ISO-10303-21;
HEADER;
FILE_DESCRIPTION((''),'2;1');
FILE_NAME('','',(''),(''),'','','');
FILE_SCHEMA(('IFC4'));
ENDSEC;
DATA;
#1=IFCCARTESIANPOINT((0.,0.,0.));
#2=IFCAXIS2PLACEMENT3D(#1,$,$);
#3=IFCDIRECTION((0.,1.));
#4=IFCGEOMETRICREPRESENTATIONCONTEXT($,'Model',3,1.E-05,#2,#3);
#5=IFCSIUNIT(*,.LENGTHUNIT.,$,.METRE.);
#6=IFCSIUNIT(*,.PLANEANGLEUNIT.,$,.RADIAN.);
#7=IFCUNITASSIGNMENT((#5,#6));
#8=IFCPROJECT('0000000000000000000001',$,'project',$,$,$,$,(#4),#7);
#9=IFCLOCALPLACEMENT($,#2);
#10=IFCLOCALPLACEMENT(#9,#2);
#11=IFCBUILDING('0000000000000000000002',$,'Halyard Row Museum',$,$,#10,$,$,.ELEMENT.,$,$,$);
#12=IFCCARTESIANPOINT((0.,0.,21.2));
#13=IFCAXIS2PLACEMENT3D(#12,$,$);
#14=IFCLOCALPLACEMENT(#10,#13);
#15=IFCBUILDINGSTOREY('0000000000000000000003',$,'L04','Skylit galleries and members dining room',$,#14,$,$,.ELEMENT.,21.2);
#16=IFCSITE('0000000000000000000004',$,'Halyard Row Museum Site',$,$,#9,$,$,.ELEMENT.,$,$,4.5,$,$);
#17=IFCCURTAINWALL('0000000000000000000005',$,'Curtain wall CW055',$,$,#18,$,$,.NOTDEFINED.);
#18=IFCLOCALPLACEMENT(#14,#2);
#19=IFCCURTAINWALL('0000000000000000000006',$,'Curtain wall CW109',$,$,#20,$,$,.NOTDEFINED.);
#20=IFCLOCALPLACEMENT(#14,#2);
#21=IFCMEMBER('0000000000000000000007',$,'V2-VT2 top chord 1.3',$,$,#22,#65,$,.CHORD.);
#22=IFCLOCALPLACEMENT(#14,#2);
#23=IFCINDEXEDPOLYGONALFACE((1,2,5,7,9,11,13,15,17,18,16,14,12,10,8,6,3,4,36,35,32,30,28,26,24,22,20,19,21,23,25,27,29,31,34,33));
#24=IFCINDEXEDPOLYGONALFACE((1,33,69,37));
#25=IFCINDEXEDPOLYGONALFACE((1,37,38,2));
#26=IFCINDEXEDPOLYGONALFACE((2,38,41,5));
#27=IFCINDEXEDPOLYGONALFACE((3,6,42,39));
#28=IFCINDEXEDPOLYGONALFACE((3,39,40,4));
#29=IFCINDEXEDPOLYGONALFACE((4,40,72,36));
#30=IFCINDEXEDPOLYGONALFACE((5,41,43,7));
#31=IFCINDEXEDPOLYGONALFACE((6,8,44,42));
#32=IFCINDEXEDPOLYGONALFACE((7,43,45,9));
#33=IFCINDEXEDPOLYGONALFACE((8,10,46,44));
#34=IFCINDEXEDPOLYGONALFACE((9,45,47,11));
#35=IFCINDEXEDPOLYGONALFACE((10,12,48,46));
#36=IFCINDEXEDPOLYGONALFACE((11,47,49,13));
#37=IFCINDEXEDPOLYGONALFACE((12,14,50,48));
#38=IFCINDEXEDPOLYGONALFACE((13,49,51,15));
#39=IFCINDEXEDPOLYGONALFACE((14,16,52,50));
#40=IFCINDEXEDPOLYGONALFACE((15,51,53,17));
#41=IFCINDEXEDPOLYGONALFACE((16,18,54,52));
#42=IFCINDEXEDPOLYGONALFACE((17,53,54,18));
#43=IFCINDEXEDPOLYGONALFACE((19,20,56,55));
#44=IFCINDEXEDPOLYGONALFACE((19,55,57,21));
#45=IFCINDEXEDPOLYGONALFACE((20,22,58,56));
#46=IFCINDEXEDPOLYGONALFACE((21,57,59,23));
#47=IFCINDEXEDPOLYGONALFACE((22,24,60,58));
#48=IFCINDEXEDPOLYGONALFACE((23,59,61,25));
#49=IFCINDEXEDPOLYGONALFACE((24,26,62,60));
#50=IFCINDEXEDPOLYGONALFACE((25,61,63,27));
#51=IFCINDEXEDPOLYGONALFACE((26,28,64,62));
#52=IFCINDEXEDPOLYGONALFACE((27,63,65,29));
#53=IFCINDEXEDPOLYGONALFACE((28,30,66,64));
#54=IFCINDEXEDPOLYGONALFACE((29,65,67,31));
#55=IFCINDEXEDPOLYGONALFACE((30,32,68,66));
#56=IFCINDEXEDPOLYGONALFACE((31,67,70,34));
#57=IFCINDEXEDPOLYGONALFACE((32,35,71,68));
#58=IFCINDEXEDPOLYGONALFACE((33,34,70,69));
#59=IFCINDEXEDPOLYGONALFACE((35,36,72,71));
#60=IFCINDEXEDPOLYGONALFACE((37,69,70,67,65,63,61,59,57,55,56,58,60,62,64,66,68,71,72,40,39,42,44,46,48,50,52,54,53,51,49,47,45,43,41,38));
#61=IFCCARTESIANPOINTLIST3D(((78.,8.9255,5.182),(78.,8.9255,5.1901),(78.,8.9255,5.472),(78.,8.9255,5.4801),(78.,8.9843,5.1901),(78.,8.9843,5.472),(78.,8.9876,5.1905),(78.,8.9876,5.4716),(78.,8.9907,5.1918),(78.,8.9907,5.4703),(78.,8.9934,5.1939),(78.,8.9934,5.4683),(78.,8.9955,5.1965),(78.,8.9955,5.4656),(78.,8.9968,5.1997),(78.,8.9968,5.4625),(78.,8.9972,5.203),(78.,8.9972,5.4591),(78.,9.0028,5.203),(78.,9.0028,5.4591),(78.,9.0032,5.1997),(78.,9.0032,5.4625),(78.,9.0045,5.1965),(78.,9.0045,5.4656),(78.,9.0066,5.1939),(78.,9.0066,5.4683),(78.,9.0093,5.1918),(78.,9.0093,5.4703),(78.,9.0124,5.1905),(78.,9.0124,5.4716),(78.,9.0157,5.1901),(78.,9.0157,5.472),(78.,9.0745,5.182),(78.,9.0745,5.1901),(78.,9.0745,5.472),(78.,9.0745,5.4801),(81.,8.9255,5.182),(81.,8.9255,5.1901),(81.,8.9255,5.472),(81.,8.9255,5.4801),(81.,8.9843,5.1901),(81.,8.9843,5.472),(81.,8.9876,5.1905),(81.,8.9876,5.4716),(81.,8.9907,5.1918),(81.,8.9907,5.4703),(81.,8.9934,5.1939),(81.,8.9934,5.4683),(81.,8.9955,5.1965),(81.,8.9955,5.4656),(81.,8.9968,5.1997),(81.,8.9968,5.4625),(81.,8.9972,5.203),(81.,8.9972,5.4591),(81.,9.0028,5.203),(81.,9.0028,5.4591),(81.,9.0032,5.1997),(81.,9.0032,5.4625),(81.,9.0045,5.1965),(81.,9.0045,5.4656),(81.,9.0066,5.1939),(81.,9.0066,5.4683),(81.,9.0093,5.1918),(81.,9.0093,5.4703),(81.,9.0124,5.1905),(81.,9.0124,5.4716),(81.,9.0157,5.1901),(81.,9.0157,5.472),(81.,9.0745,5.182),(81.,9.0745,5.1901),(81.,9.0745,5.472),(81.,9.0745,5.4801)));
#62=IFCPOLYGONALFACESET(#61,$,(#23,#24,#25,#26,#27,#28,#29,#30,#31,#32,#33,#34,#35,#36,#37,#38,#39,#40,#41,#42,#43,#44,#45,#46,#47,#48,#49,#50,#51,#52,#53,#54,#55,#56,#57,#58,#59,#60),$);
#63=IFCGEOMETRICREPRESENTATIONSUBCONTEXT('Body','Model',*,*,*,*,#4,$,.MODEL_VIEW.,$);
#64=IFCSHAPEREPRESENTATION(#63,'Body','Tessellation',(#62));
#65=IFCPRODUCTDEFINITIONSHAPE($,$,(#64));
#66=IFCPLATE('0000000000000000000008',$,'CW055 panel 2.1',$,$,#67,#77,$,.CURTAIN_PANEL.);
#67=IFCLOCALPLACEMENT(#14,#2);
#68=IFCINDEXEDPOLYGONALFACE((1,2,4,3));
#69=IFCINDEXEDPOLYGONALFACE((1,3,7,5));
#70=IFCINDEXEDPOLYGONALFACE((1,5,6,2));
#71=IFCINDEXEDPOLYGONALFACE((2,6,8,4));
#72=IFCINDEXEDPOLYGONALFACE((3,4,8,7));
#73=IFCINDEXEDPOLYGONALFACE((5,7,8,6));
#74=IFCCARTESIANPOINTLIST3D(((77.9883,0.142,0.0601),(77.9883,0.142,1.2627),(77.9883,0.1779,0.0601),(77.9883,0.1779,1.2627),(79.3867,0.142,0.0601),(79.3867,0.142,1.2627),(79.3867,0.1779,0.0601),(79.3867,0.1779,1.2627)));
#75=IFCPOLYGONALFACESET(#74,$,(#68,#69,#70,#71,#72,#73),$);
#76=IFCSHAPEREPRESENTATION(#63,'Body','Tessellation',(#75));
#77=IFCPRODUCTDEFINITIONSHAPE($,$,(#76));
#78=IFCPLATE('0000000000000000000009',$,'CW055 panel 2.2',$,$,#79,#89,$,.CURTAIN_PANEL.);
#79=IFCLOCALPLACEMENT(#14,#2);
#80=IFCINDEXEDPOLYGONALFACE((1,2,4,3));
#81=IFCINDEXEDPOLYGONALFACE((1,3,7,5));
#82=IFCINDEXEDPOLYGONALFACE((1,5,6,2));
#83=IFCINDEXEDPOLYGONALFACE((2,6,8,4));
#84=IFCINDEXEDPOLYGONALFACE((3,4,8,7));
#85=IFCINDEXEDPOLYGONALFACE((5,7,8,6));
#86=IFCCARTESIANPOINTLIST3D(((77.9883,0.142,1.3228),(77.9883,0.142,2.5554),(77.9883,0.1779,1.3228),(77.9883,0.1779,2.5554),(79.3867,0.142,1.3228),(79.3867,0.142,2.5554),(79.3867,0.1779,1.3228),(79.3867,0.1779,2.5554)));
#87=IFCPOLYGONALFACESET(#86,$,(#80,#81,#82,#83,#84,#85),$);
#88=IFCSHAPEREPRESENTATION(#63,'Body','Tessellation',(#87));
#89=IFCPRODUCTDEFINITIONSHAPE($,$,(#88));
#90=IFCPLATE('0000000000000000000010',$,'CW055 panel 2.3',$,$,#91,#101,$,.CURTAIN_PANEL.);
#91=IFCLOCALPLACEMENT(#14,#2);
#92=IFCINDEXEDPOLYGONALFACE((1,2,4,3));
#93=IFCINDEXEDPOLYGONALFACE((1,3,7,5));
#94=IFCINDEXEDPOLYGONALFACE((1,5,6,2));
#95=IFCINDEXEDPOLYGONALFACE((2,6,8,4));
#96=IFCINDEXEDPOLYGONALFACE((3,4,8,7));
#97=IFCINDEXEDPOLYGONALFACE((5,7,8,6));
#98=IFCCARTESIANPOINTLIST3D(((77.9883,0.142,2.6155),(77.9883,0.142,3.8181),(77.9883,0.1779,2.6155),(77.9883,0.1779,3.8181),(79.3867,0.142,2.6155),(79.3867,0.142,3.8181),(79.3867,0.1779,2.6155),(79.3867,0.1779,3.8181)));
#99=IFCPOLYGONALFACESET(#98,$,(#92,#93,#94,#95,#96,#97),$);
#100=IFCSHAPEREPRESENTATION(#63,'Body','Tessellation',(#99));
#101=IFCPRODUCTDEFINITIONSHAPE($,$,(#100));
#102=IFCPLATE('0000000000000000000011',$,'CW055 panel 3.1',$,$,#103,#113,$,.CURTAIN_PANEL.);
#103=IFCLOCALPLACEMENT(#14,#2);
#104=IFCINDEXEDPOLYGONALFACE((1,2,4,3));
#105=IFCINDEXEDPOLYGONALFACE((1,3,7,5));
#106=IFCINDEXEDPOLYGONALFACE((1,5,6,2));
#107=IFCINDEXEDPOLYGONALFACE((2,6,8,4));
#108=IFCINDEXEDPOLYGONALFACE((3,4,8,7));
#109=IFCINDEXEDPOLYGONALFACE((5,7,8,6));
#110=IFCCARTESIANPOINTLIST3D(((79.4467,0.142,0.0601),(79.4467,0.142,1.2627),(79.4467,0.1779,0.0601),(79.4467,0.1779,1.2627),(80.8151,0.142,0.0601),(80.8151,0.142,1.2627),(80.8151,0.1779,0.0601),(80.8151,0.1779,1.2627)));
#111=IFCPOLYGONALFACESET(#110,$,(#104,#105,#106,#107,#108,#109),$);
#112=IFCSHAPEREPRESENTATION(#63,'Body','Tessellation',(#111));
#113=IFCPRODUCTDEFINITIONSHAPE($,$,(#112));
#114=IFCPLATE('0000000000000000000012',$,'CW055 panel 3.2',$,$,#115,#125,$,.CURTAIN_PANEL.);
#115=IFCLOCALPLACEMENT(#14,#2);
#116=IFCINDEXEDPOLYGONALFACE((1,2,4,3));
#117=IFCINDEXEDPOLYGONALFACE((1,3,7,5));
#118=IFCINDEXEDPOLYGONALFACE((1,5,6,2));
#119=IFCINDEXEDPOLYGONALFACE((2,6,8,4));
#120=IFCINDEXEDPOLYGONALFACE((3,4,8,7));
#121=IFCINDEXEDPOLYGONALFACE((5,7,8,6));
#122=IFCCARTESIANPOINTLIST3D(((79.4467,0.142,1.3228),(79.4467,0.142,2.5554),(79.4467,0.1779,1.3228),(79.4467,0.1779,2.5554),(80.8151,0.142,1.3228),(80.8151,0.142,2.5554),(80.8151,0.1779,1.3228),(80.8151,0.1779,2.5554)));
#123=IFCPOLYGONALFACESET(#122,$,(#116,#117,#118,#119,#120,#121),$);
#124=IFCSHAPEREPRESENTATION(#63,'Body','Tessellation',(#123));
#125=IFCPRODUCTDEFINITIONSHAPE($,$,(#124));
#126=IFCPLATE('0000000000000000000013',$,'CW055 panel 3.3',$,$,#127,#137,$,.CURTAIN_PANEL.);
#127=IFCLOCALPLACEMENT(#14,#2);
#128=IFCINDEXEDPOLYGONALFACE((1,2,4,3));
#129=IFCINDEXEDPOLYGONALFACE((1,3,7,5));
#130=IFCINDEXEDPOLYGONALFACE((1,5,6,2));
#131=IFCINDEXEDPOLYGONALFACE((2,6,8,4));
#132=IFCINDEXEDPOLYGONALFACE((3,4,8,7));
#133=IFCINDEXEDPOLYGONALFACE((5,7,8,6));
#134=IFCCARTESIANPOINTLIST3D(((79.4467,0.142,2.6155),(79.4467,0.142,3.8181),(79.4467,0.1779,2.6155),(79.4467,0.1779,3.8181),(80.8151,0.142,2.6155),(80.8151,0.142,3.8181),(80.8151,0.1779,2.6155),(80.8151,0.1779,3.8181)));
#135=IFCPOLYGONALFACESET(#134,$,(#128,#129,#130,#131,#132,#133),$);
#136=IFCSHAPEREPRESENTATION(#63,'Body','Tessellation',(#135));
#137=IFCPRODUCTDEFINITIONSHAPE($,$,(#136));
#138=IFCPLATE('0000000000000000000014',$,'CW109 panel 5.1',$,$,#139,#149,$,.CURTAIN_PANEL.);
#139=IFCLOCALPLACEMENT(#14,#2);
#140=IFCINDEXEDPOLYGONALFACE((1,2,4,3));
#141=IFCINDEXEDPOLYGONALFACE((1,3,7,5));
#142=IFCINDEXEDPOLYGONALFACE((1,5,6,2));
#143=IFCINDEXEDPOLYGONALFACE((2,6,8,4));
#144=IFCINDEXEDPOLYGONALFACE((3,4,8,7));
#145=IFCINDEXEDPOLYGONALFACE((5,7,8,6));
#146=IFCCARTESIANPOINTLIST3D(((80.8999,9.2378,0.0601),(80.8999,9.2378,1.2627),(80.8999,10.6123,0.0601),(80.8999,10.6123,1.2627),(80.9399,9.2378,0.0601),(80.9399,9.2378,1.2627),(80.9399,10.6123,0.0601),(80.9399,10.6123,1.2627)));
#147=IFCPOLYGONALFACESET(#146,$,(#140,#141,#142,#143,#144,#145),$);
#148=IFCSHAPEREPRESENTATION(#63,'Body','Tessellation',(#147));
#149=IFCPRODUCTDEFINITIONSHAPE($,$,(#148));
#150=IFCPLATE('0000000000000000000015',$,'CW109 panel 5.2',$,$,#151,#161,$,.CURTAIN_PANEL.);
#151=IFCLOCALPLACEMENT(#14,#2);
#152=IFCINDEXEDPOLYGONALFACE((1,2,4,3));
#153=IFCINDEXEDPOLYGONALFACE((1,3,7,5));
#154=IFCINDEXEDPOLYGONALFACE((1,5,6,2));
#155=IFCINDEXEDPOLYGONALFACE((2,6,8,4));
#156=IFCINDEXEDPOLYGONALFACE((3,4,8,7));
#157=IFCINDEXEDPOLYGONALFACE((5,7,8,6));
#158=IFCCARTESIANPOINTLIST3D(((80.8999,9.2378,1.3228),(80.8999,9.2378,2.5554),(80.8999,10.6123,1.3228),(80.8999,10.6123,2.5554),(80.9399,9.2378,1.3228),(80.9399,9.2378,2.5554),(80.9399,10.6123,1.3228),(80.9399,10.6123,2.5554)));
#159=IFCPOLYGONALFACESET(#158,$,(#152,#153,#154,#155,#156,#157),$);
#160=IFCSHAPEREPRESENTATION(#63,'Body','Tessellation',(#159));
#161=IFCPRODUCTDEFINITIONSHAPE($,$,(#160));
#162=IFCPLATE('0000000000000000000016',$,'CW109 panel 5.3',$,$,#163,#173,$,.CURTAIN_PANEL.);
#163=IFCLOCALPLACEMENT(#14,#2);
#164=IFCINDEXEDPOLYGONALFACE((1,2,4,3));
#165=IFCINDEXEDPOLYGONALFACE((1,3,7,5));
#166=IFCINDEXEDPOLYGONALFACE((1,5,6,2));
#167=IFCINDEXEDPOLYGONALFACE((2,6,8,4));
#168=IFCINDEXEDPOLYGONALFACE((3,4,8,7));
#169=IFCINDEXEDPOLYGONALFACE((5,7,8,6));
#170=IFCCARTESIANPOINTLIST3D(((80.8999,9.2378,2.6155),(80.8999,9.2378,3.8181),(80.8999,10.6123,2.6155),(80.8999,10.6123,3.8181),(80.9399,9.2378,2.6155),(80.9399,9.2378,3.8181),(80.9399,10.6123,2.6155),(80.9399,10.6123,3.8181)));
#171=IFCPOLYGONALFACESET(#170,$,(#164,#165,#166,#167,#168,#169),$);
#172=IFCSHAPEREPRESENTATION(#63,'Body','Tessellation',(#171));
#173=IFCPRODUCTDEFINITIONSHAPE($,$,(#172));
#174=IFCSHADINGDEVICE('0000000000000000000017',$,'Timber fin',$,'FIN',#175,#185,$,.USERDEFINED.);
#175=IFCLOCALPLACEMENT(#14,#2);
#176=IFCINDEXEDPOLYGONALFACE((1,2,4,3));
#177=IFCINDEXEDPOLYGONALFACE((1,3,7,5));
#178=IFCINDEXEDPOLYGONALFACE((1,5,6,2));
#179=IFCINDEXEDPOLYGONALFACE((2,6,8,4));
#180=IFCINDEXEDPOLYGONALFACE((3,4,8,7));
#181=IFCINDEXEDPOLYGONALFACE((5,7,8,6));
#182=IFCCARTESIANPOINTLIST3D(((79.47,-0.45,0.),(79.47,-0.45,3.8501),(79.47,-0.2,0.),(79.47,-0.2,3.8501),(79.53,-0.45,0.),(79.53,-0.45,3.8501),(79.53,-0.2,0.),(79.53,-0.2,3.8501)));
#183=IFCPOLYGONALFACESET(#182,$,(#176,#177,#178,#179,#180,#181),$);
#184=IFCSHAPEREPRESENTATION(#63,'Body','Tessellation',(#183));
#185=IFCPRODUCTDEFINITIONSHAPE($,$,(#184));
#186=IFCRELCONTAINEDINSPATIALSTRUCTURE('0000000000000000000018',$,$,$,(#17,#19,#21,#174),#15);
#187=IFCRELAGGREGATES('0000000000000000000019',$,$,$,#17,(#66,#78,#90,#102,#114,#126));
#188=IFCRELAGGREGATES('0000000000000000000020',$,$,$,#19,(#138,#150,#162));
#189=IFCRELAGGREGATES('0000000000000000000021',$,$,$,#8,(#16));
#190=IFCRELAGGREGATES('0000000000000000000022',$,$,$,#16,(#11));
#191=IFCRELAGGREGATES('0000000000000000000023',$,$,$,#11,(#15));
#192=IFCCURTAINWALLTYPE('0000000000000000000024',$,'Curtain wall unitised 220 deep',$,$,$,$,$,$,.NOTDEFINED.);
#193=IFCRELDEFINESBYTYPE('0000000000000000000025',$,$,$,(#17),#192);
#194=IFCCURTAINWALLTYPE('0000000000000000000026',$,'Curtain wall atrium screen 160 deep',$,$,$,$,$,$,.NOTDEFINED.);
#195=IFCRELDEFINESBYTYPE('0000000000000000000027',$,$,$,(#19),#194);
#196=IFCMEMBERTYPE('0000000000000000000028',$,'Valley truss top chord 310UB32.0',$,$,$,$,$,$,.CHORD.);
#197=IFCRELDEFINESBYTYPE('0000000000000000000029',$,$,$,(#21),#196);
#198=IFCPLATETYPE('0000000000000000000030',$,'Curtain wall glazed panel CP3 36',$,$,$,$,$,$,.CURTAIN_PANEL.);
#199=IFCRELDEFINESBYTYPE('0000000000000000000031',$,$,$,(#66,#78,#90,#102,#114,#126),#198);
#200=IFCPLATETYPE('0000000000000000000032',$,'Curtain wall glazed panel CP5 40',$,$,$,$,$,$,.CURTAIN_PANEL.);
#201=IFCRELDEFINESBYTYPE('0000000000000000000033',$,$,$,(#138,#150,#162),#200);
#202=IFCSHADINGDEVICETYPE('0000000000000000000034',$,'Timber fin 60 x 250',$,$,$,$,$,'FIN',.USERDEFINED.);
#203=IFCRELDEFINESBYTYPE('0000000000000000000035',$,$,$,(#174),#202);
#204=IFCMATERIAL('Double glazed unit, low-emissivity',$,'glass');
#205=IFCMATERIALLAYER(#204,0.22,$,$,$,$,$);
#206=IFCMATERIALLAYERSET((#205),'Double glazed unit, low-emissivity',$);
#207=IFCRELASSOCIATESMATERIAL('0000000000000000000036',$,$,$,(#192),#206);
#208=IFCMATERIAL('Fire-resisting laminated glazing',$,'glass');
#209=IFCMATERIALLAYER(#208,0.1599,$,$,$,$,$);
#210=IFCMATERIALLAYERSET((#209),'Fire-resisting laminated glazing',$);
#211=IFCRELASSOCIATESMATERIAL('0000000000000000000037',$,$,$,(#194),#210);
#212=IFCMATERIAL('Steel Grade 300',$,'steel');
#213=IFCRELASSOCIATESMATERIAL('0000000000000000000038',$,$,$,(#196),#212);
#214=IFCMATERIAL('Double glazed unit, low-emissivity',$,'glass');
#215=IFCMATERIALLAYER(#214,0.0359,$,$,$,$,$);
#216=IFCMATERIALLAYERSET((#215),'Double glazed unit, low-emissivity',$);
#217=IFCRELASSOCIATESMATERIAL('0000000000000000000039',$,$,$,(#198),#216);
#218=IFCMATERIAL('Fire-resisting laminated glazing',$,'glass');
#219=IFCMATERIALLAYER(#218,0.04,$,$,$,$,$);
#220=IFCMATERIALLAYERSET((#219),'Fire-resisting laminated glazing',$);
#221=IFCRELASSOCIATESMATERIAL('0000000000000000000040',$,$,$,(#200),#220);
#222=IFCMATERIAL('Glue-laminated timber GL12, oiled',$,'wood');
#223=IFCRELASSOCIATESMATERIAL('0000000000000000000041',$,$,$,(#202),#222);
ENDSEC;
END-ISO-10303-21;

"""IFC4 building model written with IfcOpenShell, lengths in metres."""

from ifc_helpers import new_model, si_unit, direction, frame, origin, origin_2d, place, context, subcontext, project, spatial, rectangle, i_section, extrude, material, layer, layer_set, material_profile, profile_set, type_object, element, aggregate, save


model = new_model("IFC4")

# Units and contexts
model_context = context("Model", 3, precision=1e-05, world=origin(), true_north=direction((0.0, 1.0)))
body_context = subcontext(model_context, "Body", "Model", "MODEL_VIEW")
ifc_project = project(units=[si_unit("LENGTHUNIT", "METRE"), si_unit("PLANEANGLEUNIT", "RADIAN")], contexts=[model_context])

# Site, building, storey
site_placement = place(None, origin())
site = spatial("IfcSite", under=ifc_project, at=site_placement, Name="Halyard Row Museum Site", CompositionType="ELEMENT", RefElevation=4.5)
building_placement = place(site_placement, origin())
building = spatial("IfcBuilding", under=site, at=building_placement, Name="Halyard Row Museum", CompositionType="ELEMENT")
storey_placement = place(building_placement, frame((0.0, 0.0, 21.2)))
storey = spatial("IfcBuildingStorey", under=building, at=storey_placement, Name="L04", Description="Skylit galleries and members dining room", CompositionType="ELEMENT", Elevation=21.2)

# Curtain wall
ifc_material_1 = material(Name="Double glazed unit, low-emissivity", Category="glass")
ifc_layer_1 = layer(ifc_material_1, 0.22)
ifc_layer_set_1 = layer_set([ifc_layer_1], Name="Double glazed unit, low-emissivity")
curtain_wall_type_1 = type_object("IfcCurtainWallType", Name="Curtain wall unitised 220 deep", PredefinedType="NOTDEFINED", material=ifc_layer_set_1)
curtain_wall_1_placement = place(storey_placement, origin())
curtain_wall_1 = element("IfcCurtainWall", 1, at=curtain_wall_1_placement, inside=storey, type_object=curtain_wall_type_1, Name="Curtain wall CW055", PredefinedType="NOTDEFINED")

# Curtain wall
ifc_material_2 = material(Name="Fire-resisting laminated glazing", Category="glass")
ifc_layer_2 = layer(ifc_material_2, 0.1599)
ifc_layer_set_2 = layer_set([ifc_layer_2], Name="Fire-resisting laminated glazing")
curtain_wall_type_2 = type_object("IfcCurtainWallType", Name="Curtain wall atrium screen 160 deep", PredefinedType="NOTDEFINED", material=ifc_layer_set_2)
curtain_wall_2_placement = place(storey_placement, origin())
curtain_wall_2 = element("IfcCurtainWall", 2, at=curtain_wall_2_placement, inside=storey, type_object=curtain_wall_type_2, Name="Curtain wall CW109", PredefinedType="NOTDEFINED")

# Member
ifc_material_3 = material(Name="Steel Grade 300", Category="steel")
ifc_material_profile_1 = material_profile(ifc_material_3, i_section(OverallWidth=0.1489, OverallDepth=0.2981, WebThickness=0.0056, FlangeThickness=0.0081, FilletRadius=0.0129, at=origin_2d()), Name="310UB32.0")
ifc_profile_set_1 = profile_set([ifc_material_profile_1], Name="Steel Grade 300")
member_type_1 = type_object("IfcMemberType", Name="Valley truss top chord 310UB32.0", PredefinedType="CHORD", material=ifc_profile_set_1)
for number, where, z_axis, x_axis, name in (
    (3, (78.0, 9.0, 5.3311), (1.0, 0.0, 0.0), (0.0, 1.0, 0.0), "V2-VT2 top chord 1.3"),
):
    element("IfcMember", number, at=place(storey_placement, frame(where, z_axis=z_axis, x_axis=x_axis)), inside=storey, type_object=member_type_1, Name=name, PredefinedType="CHORD", context=body_context, shape_type="SweptSolid", body=[
        extrude(i_section(OverallWidth=0.1489, OverallDepth=0.2981, WebThickness=0.0056, FlangeThickness=0.0081, FilletRadius=0.0129, at=origin_2d()), origin(), (0.0, 0.0, 1.0), 3.0),
    ])

# Plates
ifc_material_4 = material(Name="Double glazed unit, low-emissivity", Category="glass")
ifc_layer_3 = layer(ifc_material_4, 0.0359)
ifc_layer_set_3 = layer_set([ifc_layer_3], Name="Double glazed unit, low-emissivity")
plate_type_1 = type_object("IfcPlateType", Name="Curtain wall glazed panel CP3 36", PredefinedType="CURTAIN_PANEL", material=ifc_layer_set_3)
plate_1_placement = place(storey_placement, frame((78.6875, 0.1599, 0.0601), z_axis=(0.0, 0.0, 1.0), x_axis=(1.0, 0.0, 0.0)))
plate_1 = element("IfcPlate", 4, at=plate_1_placement, type_object=plate_type_1, Name="CW055 panel 2.1", PredefinedType="CURTAIN_PANEL", context=body_context, shape_type="SweptSolid", body=[
    extrude(rectangle(XDim=1.3984, YDim=0.0359, at=origin_2d()), origin(), (0.0, 0.0, 1.0), 1.2026),
])
plate_2_placement = place(storey_placement, frame((78.6875, 0.1599, 1.3228), z_axis=(0.0, 0.0, 1.0), x_axis=(1.0, 0.0, 0.0)))
plate_2 = element("IfcPlate", 5, at=plate_2_placement, type_object=plate_type_1, Name="CW055 panel 2.2", PredefinedType="CURTAIN_PANEL", context=body_context, shape_type="SweptSolid", body=[
    extrude(rectangle(XDim=1.3984, YDim=0.0359, at=origin_2d()), origin(), (0.0, 0.0, 1.0), 1.2327),
])
plate_3_placement = place(storey_placement, frame((78.6875, 0.1599, 2.6155), z_axis=(0.0, 0.0, 1.0), x_axis=(1.0, 0.0, 0.0)))
plate_3 = element("IfcPlate", 6, at=plate_3_placement, type_object=plate_type_1, Name="CW055 panel 2.3", PredefinedType="CURTAIN_PANEL", context=body_context, shape_type="SweptSolid", body=[
    extrude(rectangle(XDim=1.3984, YDim=0.0359, at=origin_2d()), origin(), (0.0, 0.0, 1.0), 1.2026),
])
plate_4_placement = place(storey_placement, frame((80.1309, 0.1599, 0.0601), z_axis=(0.0, 0.0, 1.0), x_axis=(1.0, 0.0, 0.0)))
plate_4 = element("IfcPlate", 7, at=plate_4_placement, type_object=plate_type_1, Name="CW055 panel 3.1", PredefinedType="CURTAIN_PANEL", context=body_context, shape_type="SweptSolid", body=[
    extrude(rectangle(XDim=1.3684, YDim=0.0359, at=origin_2d()), origin(), (0.0, 0.0, 1.0), 1.2026),
])
plate_5_placement = place(storey_placement, frame((80.1309, 0.1599, 1.3228), z_axis=(0.0, 0.0, 1.0), x_axis=(1.0, 0.0, 0.0)))
plate_5 = element("IfcPlate", 8, at=plate_5_placement, type_object=plate_type_1, Name="CW055 panel 3.2", PredefinedType="CURTAIN_PANEL", context=body_context, shape_type="SweptSolid", body=[
    extrude(rectangle(XDim=1.3684, YDim=0.0359, at=origin_2d()), origin(), (0.0, 0.0, 1.0), 1.2327),
])
plate_6_placement = place(storey_placement, frame((80.1309, 0.1599, 2.6155), z_axis=(0.0, 0.0, 1.0), x_axis=(1.0, 0.0, 0.0)))
plate_6 = element("IfcPlate", 9, at=plate_6_placement, type_object=plate_type_1, Name="CW055 panel 3.3", PredefinedType="CURTAIN_PANEL", context=body_context, shape_type="SweptSolid", body=[
    extrude(rectangle(XDim=1.3684, YDim=0.0359, at=origin_2d()), origin(), (0.0, 0.0, 1.0), 1.2026),
])
aggregate(curtain_wall_1, [plate_1, plate_2, plate_3, plate_4, plate_5, plate_6])
ifc_material_5 = material(Name="Fire-resisting laminated glazing", Category="glass")
ifc_layer_4 = layer(ifc_material_5, 0.04)
ifc_layer_set_4 = layer_set([ifc_layer_4], Name="Fire-resisting laminated glazing")
plate_type_2 = type_object("IfcPlateType", Name="Curtain wall glazed panel CP5 40", PredefinedType="CURTAIN_PANEL", material=ifc_layer_set_4)
plate_7_placement = place(storey_placement, frame((80.9199, 9.925, 0.0601), z_axis=(0.0, 0.0, 1.0), x_axis=(0.0, -1.0, 0.0)))
plate_7 = element("IfcPlate", 10, at=plate_7_placement, type_object=plate_type_2, Name="CW109 panel 5.1", PredefinedType="CURTAIN_PANEL", context=body_context, shape_type="SweptSolid", body=[
    extrude(rectangle(XDim=1.3745, YDim=0.04, at=origin_2d()), origin(), (0.0, 0.0, 1.0), 1.2026),
])
plate_8_placement = place(storey_placement, frame((80.9199, 9.925, 1.3228), z_axis=(0.0, 0.0, 1.0), x_axis=(0.0, -1.0, 0.0)))
plate_8 = element("IfcPlate", 11, at=plate_8_placement, type_object=plate_type_2, Name="CW109 panel 5.2", PredefinedType="CURTAIN_PANEL", context=body_context, shape_type="SweptSolid", body=[
    extrude(rectangle(XDim=1.3745, YDim=0.04, at=origin_2d()), origin(), (0.0, 0.0, 1.0), 1.2327),
])
plate_9_placement = place(storey_placement, frame((80.9199, 9.925, 2.6155), z_axis=(0.0, 0.0, 1.0), x_axis=(0.0, -1.0, 0.0)))
plate_9 = element("IfcPlate", 12, at=plate_9_placement, type_object=plate_type_2, Name="CW109 panel 5.3", PredefinedType="CURTAIN_PANEL", context=body_context, shape_type="SweptSolid", body=[
    extrude(rectangle(XDim=1.3745, YDim=0.04, at=origin_2d()), origin(), (0.0, 0.0, 1.0), 1.2026),
])
aggregate(curtain_wall_2, [plate_7, plate_8, plate_9])

# Shading device
ifc_material_6 = material(Name="Glue-laminated timber GL12, oiled", Category="wood")
shading_device_type = type_object("IfcShadingDeviceType", Name="Timber fin 60 x 250", ElementType="FIN", PredefinedType="USERDEFINED", material=ifc_material_6)
shading_device_placement = place(storey_placement, frame((79.5, -0.325, 0.0), z_axis=(0.0, 0.0, 1.0), x_axis=(1.0, 0.0, 0.0)))
element("IfcShadingDevice", 13, at=shading_device_placement, inside=storey, type_object=shading_device_type, Name="Timber fin", ObjectType="FIN", PredefinedType="USERDEFINED", context=body_context, shape_type="SweptSolid", body=[
    extrude(rectangle(XDim=0.0601, YDim=0.25, at=origin_2d()), origin(), (0.0, 0.0, 1.0), 3.8501),
])

save(model, "model.ifc")
